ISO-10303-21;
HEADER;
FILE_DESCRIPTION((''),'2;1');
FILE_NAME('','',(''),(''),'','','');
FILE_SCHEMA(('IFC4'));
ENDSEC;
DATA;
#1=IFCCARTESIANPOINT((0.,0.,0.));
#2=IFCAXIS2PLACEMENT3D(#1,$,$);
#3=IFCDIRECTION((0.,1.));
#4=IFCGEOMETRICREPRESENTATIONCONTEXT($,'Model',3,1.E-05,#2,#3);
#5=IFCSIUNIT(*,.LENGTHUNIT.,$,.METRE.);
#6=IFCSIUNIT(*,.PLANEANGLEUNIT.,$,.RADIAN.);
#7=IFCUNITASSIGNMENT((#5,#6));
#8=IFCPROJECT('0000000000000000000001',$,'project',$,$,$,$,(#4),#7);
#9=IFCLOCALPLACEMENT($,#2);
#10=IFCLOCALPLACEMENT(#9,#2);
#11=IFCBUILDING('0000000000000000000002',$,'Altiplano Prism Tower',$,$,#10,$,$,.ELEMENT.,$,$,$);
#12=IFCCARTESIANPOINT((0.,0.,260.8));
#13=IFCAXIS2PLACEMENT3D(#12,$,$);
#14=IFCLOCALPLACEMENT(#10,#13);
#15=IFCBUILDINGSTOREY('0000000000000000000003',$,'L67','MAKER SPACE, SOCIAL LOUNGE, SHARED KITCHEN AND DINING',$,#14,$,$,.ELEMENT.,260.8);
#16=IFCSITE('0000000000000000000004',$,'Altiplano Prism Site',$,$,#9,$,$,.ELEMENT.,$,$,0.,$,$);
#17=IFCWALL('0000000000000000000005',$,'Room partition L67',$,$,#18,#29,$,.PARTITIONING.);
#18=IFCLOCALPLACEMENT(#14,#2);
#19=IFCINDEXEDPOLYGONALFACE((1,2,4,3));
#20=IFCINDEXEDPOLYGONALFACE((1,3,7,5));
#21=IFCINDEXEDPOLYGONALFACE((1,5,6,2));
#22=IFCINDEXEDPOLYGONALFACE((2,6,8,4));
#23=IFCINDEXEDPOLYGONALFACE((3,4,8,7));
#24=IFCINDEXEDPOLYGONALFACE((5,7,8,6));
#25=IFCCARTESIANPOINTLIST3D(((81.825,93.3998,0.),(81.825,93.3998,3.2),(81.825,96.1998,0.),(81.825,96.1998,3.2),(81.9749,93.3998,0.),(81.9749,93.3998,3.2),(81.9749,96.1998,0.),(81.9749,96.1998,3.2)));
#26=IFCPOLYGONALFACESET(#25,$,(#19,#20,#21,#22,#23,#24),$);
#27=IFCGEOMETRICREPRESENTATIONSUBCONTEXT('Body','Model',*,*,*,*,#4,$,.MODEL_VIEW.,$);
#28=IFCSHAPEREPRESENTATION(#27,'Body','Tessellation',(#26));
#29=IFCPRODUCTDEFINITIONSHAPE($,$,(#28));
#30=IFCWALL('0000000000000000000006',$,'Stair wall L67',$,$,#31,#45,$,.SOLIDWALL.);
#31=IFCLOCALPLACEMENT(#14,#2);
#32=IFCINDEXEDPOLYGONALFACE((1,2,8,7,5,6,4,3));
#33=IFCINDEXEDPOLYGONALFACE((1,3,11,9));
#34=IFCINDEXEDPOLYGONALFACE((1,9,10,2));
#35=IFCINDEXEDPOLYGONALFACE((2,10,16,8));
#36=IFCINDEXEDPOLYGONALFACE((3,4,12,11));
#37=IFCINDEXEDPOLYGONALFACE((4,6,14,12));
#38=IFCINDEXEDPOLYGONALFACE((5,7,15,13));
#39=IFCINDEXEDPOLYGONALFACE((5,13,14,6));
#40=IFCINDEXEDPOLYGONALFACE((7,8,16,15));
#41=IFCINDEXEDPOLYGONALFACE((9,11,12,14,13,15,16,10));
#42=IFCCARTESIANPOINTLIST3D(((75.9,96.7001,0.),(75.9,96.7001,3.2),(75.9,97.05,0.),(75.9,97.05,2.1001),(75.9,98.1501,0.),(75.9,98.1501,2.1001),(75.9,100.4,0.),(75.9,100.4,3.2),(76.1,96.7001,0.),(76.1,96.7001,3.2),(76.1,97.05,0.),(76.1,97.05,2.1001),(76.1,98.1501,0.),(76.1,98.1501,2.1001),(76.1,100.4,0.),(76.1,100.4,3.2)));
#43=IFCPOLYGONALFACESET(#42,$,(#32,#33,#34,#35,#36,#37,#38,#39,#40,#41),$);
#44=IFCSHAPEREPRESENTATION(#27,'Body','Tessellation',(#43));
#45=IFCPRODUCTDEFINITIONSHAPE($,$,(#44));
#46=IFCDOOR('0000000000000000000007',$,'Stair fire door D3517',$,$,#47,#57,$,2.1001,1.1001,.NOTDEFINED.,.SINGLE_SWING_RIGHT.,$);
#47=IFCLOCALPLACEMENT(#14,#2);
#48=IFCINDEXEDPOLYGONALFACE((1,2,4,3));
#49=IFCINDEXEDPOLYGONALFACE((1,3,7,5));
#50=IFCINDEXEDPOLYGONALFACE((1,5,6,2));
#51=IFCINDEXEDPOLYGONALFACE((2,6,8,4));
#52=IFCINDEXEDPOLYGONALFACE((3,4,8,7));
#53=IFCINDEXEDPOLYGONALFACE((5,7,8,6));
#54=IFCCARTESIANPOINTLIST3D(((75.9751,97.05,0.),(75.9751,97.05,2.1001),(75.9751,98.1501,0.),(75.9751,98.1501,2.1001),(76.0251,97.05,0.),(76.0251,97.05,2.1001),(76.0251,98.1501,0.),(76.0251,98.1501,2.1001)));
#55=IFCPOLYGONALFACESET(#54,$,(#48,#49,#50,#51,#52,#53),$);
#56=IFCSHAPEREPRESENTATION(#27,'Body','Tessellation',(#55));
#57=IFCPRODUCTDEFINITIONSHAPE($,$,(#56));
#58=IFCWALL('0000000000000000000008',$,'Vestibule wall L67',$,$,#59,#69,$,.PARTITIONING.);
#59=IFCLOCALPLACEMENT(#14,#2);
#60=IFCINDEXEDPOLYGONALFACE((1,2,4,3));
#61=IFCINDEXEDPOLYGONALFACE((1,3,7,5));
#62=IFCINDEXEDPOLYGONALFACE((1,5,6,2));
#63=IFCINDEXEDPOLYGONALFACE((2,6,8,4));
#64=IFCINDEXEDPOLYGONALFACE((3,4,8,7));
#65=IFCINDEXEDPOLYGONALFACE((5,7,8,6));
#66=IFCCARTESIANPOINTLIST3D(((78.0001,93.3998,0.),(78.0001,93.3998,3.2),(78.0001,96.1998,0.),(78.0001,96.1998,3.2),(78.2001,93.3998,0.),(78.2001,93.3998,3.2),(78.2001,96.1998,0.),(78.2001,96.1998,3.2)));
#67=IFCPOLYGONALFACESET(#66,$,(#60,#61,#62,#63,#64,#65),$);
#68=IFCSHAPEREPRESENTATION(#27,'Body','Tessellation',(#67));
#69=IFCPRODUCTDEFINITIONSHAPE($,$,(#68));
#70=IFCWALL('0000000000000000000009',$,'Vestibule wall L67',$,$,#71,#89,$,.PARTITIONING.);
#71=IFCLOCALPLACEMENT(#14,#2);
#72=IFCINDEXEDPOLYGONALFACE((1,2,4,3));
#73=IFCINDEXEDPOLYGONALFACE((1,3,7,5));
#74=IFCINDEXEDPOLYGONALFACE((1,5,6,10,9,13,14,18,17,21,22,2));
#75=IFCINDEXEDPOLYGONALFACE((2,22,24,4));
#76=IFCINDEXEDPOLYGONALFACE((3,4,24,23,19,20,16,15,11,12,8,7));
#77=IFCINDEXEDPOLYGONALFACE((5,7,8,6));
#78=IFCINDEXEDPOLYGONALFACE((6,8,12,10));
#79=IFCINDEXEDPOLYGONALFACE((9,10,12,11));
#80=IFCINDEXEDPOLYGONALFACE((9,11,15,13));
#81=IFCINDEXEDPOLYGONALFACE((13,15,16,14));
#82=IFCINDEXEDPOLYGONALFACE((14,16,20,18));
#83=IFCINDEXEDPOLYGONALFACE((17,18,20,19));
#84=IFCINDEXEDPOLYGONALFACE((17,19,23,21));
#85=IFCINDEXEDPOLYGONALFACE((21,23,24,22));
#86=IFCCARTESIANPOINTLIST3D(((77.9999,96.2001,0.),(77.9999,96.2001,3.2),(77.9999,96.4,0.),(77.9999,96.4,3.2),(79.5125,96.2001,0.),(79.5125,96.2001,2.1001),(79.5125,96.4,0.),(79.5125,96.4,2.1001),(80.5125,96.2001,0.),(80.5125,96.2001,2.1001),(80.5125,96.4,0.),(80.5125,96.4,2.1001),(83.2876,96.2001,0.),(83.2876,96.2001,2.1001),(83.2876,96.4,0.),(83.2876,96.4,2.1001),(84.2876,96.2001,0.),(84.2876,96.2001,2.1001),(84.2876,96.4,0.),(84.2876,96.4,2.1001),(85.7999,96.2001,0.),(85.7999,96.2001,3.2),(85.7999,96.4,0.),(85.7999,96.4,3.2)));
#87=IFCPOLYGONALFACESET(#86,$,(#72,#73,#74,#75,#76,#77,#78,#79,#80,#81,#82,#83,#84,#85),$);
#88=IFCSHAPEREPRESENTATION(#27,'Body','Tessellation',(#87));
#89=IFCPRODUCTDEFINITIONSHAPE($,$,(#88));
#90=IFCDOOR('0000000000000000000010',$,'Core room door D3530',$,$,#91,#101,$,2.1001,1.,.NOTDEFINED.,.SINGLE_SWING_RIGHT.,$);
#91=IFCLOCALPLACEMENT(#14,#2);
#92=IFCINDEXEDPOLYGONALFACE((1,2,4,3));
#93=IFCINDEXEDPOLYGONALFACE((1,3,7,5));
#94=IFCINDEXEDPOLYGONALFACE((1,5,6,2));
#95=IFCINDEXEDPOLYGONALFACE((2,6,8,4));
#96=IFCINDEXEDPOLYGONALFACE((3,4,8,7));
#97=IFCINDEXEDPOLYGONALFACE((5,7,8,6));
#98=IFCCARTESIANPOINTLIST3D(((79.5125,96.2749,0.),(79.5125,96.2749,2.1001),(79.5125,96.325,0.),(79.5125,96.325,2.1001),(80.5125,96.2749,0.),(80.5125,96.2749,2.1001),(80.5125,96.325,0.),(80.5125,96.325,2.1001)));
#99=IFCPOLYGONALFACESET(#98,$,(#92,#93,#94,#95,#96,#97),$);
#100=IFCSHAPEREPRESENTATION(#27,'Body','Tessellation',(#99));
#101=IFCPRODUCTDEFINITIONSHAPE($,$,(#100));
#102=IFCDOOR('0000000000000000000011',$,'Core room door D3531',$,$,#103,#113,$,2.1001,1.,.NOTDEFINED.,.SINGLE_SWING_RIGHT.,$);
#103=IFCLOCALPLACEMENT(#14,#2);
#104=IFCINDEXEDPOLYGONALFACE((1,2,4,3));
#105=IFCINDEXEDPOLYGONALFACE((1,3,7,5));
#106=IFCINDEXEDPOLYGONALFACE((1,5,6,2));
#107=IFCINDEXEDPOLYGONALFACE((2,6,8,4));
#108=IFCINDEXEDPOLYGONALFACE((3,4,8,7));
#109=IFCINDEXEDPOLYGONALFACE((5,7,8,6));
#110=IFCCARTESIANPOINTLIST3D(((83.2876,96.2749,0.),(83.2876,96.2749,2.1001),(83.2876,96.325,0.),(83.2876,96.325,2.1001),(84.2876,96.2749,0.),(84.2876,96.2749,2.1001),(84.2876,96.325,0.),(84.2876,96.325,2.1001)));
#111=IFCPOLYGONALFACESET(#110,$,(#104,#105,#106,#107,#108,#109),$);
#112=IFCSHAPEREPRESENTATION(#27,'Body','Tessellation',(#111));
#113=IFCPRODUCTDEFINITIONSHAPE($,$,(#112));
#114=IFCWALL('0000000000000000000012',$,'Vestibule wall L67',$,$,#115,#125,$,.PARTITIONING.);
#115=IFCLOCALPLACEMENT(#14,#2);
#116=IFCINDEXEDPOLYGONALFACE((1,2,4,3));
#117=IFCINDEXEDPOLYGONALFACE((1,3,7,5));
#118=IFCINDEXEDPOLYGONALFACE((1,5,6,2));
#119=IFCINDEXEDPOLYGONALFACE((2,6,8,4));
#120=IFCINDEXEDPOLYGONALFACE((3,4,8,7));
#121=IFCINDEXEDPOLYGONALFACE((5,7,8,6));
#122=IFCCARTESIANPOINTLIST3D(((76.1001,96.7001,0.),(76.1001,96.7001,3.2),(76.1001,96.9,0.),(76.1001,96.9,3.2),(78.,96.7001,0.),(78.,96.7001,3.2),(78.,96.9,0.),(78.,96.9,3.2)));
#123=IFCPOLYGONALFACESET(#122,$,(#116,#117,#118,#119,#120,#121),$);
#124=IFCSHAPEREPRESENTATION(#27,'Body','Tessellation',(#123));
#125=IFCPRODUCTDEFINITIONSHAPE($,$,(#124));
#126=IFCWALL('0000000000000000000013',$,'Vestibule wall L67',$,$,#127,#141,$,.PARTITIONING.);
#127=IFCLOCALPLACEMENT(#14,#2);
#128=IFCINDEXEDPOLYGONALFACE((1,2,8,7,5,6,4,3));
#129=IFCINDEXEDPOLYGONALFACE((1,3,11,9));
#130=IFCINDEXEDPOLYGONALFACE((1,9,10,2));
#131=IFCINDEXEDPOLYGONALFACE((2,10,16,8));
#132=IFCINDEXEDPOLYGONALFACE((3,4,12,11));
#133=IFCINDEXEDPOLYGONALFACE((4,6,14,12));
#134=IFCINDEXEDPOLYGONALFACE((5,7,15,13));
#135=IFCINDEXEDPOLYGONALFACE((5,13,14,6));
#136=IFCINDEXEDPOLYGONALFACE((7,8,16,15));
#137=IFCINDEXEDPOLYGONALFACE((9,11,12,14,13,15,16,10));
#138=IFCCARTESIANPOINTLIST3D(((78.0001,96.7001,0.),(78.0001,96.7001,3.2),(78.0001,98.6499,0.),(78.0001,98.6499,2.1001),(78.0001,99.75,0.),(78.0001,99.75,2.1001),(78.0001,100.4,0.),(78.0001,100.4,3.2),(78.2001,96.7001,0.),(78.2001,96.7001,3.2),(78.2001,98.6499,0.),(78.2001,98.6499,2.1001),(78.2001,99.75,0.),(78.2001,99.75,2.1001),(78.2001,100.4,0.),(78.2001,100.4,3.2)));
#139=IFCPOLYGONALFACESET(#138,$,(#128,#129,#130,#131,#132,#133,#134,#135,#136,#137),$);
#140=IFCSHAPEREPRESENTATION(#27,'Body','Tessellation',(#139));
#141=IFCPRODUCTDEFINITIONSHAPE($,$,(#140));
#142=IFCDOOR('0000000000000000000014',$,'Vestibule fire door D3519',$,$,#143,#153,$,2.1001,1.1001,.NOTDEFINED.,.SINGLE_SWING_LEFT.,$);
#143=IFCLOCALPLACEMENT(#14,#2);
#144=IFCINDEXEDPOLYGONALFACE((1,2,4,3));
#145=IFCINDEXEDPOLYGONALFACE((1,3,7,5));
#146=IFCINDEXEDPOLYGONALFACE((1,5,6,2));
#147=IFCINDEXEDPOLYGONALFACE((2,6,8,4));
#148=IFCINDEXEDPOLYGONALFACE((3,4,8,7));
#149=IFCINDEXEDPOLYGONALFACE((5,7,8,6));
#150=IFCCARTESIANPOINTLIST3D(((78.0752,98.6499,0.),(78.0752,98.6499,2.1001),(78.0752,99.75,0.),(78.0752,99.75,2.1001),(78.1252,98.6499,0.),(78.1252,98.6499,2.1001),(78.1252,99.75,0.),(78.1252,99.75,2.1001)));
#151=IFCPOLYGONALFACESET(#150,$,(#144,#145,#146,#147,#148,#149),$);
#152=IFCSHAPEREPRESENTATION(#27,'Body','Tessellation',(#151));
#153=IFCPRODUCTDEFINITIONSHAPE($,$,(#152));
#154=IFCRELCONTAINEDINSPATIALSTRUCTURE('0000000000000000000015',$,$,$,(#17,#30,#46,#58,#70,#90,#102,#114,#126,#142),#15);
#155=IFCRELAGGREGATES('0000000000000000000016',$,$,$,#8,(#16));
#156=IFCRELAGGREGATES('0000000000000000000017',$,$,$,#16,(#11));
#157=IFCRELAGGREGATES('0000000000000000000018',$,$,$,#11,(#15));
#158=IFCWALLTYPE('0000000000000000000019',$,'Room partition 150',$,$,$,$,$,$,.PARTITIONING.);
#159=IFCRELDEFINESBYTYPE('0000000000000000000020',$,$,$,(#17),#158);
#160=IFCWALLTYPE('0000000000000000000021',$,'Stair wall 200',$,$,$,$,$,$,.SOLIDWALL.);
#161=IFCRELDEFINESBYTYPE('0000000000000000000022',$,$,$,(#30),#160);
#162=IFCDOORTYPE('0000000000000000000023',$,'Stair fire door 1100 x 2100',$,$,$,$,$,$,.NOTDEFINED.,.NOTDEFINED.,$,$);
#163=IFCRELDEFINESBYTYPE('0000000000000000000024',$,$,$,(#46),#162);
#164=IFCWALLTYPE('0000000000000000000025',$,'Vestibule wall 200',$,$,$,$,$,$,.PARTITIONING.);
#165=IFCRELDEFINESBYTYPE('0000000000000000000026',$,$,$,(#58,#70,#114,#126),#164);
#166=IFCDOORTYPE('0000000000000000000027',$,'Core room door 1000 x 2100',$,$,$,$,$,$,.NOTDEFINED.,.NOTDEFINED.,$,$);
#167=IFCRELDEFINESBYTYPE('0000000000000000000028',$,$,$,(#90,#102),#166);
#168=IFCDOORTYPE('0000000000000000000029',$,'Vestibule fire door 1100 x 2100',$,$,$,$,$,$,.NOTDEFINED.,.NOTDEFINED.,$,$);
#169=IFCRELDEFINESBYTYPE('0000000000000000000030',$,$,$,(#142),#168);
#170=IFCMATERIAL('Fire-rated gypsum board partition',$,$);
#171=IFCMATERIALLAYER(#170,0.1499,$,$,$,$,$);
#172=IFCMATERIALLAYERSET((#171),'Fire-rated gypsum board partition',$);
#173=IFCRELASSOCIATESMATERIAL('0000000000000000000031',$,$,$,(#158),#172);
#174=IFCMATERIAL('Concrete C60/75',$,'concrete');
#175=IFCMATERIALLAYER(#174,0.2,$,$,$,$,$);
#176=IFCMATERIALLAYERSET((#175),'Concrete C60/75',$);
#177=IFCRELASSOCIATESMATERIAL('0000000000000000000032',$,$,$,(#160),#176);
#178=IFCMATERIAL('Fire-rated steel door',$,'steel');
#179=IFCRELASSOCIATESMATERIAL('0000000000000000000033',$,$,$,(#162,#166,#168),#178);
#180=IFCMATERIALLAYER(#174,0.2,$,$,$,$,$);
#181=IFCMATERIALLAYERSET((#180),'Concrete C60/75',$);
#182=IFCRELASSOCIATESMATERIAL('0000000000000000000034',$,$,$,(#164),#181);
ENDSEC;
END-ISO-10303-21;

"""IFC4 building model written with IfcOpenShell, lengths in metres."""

from ifc_helpers import new_model, si_unit, direction, frame, frame_2d, origin, place, context, subcontext, project, spatial, rectangle, extrude, material, layer, layer_set, type_object, element, fill, save


model = new_model("IFC4")

# Units and contexts
model_context = context("Model", 3, precision=1e-05, world=origin(), true_north=direction((0.0, 1.0)))
body_context = subcontext(model_context, "Body", "Model", "MODEL_VIEW")
ifc_project = project(units=[si_unit("LENGTHUNIT", "METRE"), si_unit("PLANEANGLEUNIT", "RADIAN")], contexts=[model_context])

# Site, building, storey
site_placement = place(None, origin())
site = spatial("IfcSite", under=ifc_project, at=site_placement, Name="Altiplano Prism Site", CompositionType="ELEMENT", RefElevation=0.0)
building_placement = place(site_placement, origin())
building = spatial("IfcBuilding", under=site, at=building_placement, Name="Altiplano Prism Tower", CompositionType="ELEMENT")
storey_placement = place(building_placement, frame((0.0, 0.0, 260.8)))
storey = spatial("IfcBuildingStorey", under=building, at=storey_placement, Name="L67", Description="MAKER SPACE, SOCIAL LOUNGE, SHARED KITCHEN AND DINING", CompositionType="ELEMENT", Elevation=260.8)

# Wall
ifc_material_1 = material(Name="Fire-rated gypsum board partition")
ifc_layer_1 = layer(ifc_material_1, 0.1499)
ifc_layer_set_1 = layer_set([ifc_layer_1], Name="Fire-rated gypsum board partition")
wall_type_1 = type_object("IfcWallType", Name="Room partition 150", PredefinedType="PARTITIONING", material=ifc_layer_set_1)
wall_1_placement = place(storey_placement, frame((81.8999, 93.3999, 0.0), z_axis=(0.0, 0.0, 1.0), x_axis=(0.0, 1.0, 0.0)))
element("IfcWall", 1, at=wall_1_placement, inside=storey, type_object=wall_type_1, Name="Room partition L67", PredefinedType="PARTITIONING", context=body_context, shape_type="SweptSolid", body=[
    extrude(rectangle(XDim=2.8, YDim=0.1499, at=frame_2d((1.3999, 0.0))), origin(), (0.0, 0.0, 1.0), 3.2),
])

# Wall, opening, door
ifc_material_2 = material(Name="Concrete C60/75", Category="concrete")
ifc_layer_2 = layer(ifc_material_2, 0.2)
ifc_layer_set_2 = layer_set([ifc_layer_2], Name="Concrete C60/75")
wall_type_2 = type_object("IfcWallType", Name="Stair wall 200", PredefinedType="SOLIDWALL", material=ifc_layer_set_2)
wall_2_placement = place(storey_placement, frame((76.0, 96.7, 0.0), z_axis=(0.0, 0.0, 1.0), x_axis=(0.0, 1.0, 0.0)))
wall_2 = element("IfcWall", 2, at=wall_2_placement, inside=storey, type_object=wall_type_2, Name="Stair wall L67", PredefinedType="SOLIDWALL", context=body_context, shape_type="SweptSolid", body=[
    extrude(rectangle(XDim=3.7, YDim=0.2, at=frame_2d((1.8501, 0.0))), origin(), (0.0, 0.0, 1.0), 3.2),
])
opening_1_placement = place(wall_2_placement, frame((0.3501, 0.0, 0.0)))
opening_1 = element("IfcOpeningElement", 3, at=opening_1_placement, cuts=wall_2, PredefinedType="OPENING", context=body_context, shape_type="SweptSolid", body=[
    extrude(rectangle(XDim=1.1001, YDim=2.1001, at=frame_2d((0.55, 1.05))), frame((0.0, 0.1104, 0.0), z_axis=(0.0, -1.0, 0.0), x_axis=(1.0, 0.0, 0.0)), (0.0, 0.0, 1.0), 0.2209),
])
ifc_material_3 = material(Name="Fire-rated steel door", Category="steel")
door_type_1 = type_object("IfcDoorType", Name="Stair fire door 1100 x 2100", OperationType="NOTDEFINED", PredefinedType="NOTDEFINED", material=ifc_material_3)
door_1_placement = place(opening_1_placement, origin())
door_1 = element("IfcDoor", 4, at=door_1_placement, inside=storey, type_object=door_type_1, Name="Stair fire door D3517", OperationType="SINGLE_SWING_RIGHT", OverallHeight=2.1001, OverallWidth=1.1001, PredefinedType="NOTDEFINED", context=body_context, shape_type="SweptSolid", body=[
    extrude(rectangle(XDim=1.1001, YDim=2.1001, at=frame_2d((0.55, 1.05))), frame((0.0, 0.0249, 0.0), z_axis=(0.0, -1.0, 0.0), x_axis=(1.0, 0.0, 0.0)), (0.0, 0.0, 1.0), 0.05),
])
fill(opening_1, door_1)

# Wall
ifc_layer_3 = layer(ifc_material_2, 0.2)
ifc_layer_set_3 = layer_set([ifc_layer_3], Name="Concrete C60/75")
wall_type_3 = type_object("IfcWallType", Name="Vestibule wall 200", PredefinedType="PARTITIONING", material=ifc_layer_set_3)
wall_3_placement = place(storey_placement, frame((78.1001, 93.3999, 0.0), z_axis=(0.0, 0.0, 1.0), x_axis=(0.0, 1.0, 0.0)))
element("IfcWall", 5, at=wall_3_placement, inside=storey, type_object=wall_type_3, Name="Vestibule wall L67", PredefinedType="PARTITIONING", context=body_context, shape_type="SweptSolid", body=[
    extrude(rectangle(XDim=2.8, YDim=0.2, at=frame_2d((1.3999, 0.0))), origin(), (0.0, 0.0, 1.0), 3.2),
])

# Wall, openings, doors
wall_4_placement = place(storey_placement, frame((78.0, 96.3, 0.0), z_axis=(0.0, 0.0, 1.0), x_axis=(1.0, 0.0, 0.0)))
wall_4 = element("IfcWall", 6, at=wall_4_placement, inside=storey, type_object=wall_type_3, Name="Vestibule wall L67", PredefinedType="PARTITIONING", context=body_context, shape_type="SweptSolid", body=[
    extrude(rectangle(XDim=7.8, YDim=0.2, at=frame_2d((3.8999, 0.0))), origin(), (0.0, 0.0, 1.0), 3.2),
])
opening_2_placement = place(wall_4_placement, frame((1.5125, 0.0, 0.0)))
opening_2 = element("IfcOpeningElement", 7, at=opening_2_placement, cuts=wall_4, PredefinedType="OPENING", context=body_context, shape_type="SweptSolid", body=[
    extrude(rectangle(XDim=1.0, YDim=2.1001, at=frame_2d((0.5, 1.05))), frame((0.0, 0.1104, 0.0), z_axis=(0.0, -1.0, 0.0), x_axis=(1.0, 0.0, 0.0)), (0.0, 0.0, 1.0), 0.2209),
])
opening_3_placement = place(wall_4_placement, frame((5.2876, 0.0, 0.0)))
opening_3 = element("IfcOpeningElement", 8, at=opening_3_placement, cuts=wall_4, PredefinedType="OPENING", context=body_context, shape_type="SweptSolid", body=[
    extrude(rectangle(XDim=1.0, YDim=2.1001, at=frame_2d((0.5, 1.05))), frame((0.0, 0.1104, 0.0), z_axis=(0.0, -1.0, 0.0), x_axis=(1.0, 0.0, 0.0)), (0.0, 0.0, 1.0), 0.2209),
])
door_type_2 = type_object("IfcDoorType", Name="Core room door 1000 x 2100", OperationType="NOTDEFINED", PredefinedType="NOTDEFINED", material=ifc_material_3)
door_2_placement = place(opening_2_placement, origin())
door_2 = element("IfcDoor", 9, at=door_2_placement, inside=storey, type_object=door_type_2, Name="Core room door D3530", OperationType="SINGLE_SWING_RIGHT", OverallHeight=2.1001, OverallWidth=1.0, PredefinedType="NOTDEFINED", context=body_context, shape_type="SweptSolid", body=[
    extrude(rectangle(XDim=1.0, YDim=2.1001, at=frame_2d((0.5, 1.05))), frame((0.0, 0.0249, 0.0), z_axis=(0.0, -1.0, 0.0), x_axis=(1.0, 0.0, 0.0)), (0.0, 0.0, 1.0), 0.05),
])
fill(opening_2, door_2)
door_3_placement = place(opening_3_placement, origin())
door_3 = element("IfcDoor", 10, at=door_3_placement, inside=storey, type_object=door_type_2, Name="Core room door D3531", OperationType="SINGLE_SWING_RIGHT", OverallHeight=2.1001, OverallWidth=1.0, PredefinedType="NOTDEFINED", context=body_context, shape_type="SweptSolid", body=[
    extrude(rectangle(XDim=1.0, YDim=2.1001, at=frame_2d((0.5, 1.05))), frame((0.0, 0.0249, 0.0), z_axis=(0.0, -1.0, 0.0), x_axis=(1.0, 0.0, 0.0)), (0.0, 0.0, 1.0), 0.05),
])
fill(opening_3, door_3)

# Wall
wall_5_placement = place(storey_placement, frame((76.1001, 96.8, 0.0), z_axis=(0.0, 0.0, 1.0), x_axis=(1.0, 0.0, 0.0)))
element("IfcWall", 11, at=wall_5_placement, inside=storey, type_object=wall_type_3, Name="Vestibule wall L67", PredefinedType="PARTITIONING", context=body_context, shape_type="SweptSolid", body=[
    extrude(rectangle(XDim=1.8999, YDim=0.2, at=frame_2d((0.95, 0.0))), origin(), (0.0, 0.0, 1.0), 3.2),
])

# Wall, opening, door
wall_6_placement = place(storey_placement, frame((78.1001, 96.7, 0.0), z_axis=(0.0, 0.0, 1.0), x_axis=(0.0, 1.0, 0.0)))
wall_6 = element("IfcWall", 12, at=wall_6_placement, inside=storey, type_object=wall_type_3, Name="Vestibule wall L67", PredefinedType="PARTITIONING", context=body_context, shape_type="SweptSolid", body=[
    extrude(rectangle(XDim=3.7, YDim=0.2, at=frame_2d((1.8501, 0.0))), origin(), (0.0, 0.0, 1.0), 3.2),
])
opening_4_placement = place(wall_6_placement, frame((1.95, 0.0, 0.0)))
opening_4 = element("IfcOpeningElement", 13, at=opening_4_placement, cuts=wall_6, PredefinedType="OPENING", context=body_context, shape_type="SweptSolid", body=[
    extrude(rectangle(XDim=1.1001, YDim=2.1001, at=frame_2d((0.55, 1.05))), frame((0.0, 0.1104, 0.0), z_axis=(0.0, -1.0, 0.0), x_axis=(1.0, 0.0, 0.0)), (0.0, 0.0, 1.0), 0.2209),
])
door_type_3 = type_object("IfcDoorType", Name="Vestibule fire door 1100 x 2100", OperationType="NOTDEFINED", PredefinedType="NOTDEFINED", material=ifc_material_3)
door_4_placement = place(opening_4_placement, origin())
door_4 = element("IfcDoor", 14, at=door_4_placement, inside=storey, type_object=door_type_3, Name="Vestibule fire door D3519", OperationType="SINGLE_SWING_LEFT", OverallHeight=2.1001, OverallWidth=1.1001, PredefinedType="NOTDEFINED", context=body_context, shape_type="SweptSolid", body=[
    extrude(rectangle(XDim=1.1001, YDim=2.1001, at=frame_2d((0.55, 1.05))), frame((0.0, 0.0249, 0.0), z_axis=(0.0, -1.0, 0.0), x_axis=(1.0, 0.0, 0.0)), (0.0, 0.0, 1.0), 0.05),
])
fill(opening_4, door_4)

save(model, "model.ifc")
